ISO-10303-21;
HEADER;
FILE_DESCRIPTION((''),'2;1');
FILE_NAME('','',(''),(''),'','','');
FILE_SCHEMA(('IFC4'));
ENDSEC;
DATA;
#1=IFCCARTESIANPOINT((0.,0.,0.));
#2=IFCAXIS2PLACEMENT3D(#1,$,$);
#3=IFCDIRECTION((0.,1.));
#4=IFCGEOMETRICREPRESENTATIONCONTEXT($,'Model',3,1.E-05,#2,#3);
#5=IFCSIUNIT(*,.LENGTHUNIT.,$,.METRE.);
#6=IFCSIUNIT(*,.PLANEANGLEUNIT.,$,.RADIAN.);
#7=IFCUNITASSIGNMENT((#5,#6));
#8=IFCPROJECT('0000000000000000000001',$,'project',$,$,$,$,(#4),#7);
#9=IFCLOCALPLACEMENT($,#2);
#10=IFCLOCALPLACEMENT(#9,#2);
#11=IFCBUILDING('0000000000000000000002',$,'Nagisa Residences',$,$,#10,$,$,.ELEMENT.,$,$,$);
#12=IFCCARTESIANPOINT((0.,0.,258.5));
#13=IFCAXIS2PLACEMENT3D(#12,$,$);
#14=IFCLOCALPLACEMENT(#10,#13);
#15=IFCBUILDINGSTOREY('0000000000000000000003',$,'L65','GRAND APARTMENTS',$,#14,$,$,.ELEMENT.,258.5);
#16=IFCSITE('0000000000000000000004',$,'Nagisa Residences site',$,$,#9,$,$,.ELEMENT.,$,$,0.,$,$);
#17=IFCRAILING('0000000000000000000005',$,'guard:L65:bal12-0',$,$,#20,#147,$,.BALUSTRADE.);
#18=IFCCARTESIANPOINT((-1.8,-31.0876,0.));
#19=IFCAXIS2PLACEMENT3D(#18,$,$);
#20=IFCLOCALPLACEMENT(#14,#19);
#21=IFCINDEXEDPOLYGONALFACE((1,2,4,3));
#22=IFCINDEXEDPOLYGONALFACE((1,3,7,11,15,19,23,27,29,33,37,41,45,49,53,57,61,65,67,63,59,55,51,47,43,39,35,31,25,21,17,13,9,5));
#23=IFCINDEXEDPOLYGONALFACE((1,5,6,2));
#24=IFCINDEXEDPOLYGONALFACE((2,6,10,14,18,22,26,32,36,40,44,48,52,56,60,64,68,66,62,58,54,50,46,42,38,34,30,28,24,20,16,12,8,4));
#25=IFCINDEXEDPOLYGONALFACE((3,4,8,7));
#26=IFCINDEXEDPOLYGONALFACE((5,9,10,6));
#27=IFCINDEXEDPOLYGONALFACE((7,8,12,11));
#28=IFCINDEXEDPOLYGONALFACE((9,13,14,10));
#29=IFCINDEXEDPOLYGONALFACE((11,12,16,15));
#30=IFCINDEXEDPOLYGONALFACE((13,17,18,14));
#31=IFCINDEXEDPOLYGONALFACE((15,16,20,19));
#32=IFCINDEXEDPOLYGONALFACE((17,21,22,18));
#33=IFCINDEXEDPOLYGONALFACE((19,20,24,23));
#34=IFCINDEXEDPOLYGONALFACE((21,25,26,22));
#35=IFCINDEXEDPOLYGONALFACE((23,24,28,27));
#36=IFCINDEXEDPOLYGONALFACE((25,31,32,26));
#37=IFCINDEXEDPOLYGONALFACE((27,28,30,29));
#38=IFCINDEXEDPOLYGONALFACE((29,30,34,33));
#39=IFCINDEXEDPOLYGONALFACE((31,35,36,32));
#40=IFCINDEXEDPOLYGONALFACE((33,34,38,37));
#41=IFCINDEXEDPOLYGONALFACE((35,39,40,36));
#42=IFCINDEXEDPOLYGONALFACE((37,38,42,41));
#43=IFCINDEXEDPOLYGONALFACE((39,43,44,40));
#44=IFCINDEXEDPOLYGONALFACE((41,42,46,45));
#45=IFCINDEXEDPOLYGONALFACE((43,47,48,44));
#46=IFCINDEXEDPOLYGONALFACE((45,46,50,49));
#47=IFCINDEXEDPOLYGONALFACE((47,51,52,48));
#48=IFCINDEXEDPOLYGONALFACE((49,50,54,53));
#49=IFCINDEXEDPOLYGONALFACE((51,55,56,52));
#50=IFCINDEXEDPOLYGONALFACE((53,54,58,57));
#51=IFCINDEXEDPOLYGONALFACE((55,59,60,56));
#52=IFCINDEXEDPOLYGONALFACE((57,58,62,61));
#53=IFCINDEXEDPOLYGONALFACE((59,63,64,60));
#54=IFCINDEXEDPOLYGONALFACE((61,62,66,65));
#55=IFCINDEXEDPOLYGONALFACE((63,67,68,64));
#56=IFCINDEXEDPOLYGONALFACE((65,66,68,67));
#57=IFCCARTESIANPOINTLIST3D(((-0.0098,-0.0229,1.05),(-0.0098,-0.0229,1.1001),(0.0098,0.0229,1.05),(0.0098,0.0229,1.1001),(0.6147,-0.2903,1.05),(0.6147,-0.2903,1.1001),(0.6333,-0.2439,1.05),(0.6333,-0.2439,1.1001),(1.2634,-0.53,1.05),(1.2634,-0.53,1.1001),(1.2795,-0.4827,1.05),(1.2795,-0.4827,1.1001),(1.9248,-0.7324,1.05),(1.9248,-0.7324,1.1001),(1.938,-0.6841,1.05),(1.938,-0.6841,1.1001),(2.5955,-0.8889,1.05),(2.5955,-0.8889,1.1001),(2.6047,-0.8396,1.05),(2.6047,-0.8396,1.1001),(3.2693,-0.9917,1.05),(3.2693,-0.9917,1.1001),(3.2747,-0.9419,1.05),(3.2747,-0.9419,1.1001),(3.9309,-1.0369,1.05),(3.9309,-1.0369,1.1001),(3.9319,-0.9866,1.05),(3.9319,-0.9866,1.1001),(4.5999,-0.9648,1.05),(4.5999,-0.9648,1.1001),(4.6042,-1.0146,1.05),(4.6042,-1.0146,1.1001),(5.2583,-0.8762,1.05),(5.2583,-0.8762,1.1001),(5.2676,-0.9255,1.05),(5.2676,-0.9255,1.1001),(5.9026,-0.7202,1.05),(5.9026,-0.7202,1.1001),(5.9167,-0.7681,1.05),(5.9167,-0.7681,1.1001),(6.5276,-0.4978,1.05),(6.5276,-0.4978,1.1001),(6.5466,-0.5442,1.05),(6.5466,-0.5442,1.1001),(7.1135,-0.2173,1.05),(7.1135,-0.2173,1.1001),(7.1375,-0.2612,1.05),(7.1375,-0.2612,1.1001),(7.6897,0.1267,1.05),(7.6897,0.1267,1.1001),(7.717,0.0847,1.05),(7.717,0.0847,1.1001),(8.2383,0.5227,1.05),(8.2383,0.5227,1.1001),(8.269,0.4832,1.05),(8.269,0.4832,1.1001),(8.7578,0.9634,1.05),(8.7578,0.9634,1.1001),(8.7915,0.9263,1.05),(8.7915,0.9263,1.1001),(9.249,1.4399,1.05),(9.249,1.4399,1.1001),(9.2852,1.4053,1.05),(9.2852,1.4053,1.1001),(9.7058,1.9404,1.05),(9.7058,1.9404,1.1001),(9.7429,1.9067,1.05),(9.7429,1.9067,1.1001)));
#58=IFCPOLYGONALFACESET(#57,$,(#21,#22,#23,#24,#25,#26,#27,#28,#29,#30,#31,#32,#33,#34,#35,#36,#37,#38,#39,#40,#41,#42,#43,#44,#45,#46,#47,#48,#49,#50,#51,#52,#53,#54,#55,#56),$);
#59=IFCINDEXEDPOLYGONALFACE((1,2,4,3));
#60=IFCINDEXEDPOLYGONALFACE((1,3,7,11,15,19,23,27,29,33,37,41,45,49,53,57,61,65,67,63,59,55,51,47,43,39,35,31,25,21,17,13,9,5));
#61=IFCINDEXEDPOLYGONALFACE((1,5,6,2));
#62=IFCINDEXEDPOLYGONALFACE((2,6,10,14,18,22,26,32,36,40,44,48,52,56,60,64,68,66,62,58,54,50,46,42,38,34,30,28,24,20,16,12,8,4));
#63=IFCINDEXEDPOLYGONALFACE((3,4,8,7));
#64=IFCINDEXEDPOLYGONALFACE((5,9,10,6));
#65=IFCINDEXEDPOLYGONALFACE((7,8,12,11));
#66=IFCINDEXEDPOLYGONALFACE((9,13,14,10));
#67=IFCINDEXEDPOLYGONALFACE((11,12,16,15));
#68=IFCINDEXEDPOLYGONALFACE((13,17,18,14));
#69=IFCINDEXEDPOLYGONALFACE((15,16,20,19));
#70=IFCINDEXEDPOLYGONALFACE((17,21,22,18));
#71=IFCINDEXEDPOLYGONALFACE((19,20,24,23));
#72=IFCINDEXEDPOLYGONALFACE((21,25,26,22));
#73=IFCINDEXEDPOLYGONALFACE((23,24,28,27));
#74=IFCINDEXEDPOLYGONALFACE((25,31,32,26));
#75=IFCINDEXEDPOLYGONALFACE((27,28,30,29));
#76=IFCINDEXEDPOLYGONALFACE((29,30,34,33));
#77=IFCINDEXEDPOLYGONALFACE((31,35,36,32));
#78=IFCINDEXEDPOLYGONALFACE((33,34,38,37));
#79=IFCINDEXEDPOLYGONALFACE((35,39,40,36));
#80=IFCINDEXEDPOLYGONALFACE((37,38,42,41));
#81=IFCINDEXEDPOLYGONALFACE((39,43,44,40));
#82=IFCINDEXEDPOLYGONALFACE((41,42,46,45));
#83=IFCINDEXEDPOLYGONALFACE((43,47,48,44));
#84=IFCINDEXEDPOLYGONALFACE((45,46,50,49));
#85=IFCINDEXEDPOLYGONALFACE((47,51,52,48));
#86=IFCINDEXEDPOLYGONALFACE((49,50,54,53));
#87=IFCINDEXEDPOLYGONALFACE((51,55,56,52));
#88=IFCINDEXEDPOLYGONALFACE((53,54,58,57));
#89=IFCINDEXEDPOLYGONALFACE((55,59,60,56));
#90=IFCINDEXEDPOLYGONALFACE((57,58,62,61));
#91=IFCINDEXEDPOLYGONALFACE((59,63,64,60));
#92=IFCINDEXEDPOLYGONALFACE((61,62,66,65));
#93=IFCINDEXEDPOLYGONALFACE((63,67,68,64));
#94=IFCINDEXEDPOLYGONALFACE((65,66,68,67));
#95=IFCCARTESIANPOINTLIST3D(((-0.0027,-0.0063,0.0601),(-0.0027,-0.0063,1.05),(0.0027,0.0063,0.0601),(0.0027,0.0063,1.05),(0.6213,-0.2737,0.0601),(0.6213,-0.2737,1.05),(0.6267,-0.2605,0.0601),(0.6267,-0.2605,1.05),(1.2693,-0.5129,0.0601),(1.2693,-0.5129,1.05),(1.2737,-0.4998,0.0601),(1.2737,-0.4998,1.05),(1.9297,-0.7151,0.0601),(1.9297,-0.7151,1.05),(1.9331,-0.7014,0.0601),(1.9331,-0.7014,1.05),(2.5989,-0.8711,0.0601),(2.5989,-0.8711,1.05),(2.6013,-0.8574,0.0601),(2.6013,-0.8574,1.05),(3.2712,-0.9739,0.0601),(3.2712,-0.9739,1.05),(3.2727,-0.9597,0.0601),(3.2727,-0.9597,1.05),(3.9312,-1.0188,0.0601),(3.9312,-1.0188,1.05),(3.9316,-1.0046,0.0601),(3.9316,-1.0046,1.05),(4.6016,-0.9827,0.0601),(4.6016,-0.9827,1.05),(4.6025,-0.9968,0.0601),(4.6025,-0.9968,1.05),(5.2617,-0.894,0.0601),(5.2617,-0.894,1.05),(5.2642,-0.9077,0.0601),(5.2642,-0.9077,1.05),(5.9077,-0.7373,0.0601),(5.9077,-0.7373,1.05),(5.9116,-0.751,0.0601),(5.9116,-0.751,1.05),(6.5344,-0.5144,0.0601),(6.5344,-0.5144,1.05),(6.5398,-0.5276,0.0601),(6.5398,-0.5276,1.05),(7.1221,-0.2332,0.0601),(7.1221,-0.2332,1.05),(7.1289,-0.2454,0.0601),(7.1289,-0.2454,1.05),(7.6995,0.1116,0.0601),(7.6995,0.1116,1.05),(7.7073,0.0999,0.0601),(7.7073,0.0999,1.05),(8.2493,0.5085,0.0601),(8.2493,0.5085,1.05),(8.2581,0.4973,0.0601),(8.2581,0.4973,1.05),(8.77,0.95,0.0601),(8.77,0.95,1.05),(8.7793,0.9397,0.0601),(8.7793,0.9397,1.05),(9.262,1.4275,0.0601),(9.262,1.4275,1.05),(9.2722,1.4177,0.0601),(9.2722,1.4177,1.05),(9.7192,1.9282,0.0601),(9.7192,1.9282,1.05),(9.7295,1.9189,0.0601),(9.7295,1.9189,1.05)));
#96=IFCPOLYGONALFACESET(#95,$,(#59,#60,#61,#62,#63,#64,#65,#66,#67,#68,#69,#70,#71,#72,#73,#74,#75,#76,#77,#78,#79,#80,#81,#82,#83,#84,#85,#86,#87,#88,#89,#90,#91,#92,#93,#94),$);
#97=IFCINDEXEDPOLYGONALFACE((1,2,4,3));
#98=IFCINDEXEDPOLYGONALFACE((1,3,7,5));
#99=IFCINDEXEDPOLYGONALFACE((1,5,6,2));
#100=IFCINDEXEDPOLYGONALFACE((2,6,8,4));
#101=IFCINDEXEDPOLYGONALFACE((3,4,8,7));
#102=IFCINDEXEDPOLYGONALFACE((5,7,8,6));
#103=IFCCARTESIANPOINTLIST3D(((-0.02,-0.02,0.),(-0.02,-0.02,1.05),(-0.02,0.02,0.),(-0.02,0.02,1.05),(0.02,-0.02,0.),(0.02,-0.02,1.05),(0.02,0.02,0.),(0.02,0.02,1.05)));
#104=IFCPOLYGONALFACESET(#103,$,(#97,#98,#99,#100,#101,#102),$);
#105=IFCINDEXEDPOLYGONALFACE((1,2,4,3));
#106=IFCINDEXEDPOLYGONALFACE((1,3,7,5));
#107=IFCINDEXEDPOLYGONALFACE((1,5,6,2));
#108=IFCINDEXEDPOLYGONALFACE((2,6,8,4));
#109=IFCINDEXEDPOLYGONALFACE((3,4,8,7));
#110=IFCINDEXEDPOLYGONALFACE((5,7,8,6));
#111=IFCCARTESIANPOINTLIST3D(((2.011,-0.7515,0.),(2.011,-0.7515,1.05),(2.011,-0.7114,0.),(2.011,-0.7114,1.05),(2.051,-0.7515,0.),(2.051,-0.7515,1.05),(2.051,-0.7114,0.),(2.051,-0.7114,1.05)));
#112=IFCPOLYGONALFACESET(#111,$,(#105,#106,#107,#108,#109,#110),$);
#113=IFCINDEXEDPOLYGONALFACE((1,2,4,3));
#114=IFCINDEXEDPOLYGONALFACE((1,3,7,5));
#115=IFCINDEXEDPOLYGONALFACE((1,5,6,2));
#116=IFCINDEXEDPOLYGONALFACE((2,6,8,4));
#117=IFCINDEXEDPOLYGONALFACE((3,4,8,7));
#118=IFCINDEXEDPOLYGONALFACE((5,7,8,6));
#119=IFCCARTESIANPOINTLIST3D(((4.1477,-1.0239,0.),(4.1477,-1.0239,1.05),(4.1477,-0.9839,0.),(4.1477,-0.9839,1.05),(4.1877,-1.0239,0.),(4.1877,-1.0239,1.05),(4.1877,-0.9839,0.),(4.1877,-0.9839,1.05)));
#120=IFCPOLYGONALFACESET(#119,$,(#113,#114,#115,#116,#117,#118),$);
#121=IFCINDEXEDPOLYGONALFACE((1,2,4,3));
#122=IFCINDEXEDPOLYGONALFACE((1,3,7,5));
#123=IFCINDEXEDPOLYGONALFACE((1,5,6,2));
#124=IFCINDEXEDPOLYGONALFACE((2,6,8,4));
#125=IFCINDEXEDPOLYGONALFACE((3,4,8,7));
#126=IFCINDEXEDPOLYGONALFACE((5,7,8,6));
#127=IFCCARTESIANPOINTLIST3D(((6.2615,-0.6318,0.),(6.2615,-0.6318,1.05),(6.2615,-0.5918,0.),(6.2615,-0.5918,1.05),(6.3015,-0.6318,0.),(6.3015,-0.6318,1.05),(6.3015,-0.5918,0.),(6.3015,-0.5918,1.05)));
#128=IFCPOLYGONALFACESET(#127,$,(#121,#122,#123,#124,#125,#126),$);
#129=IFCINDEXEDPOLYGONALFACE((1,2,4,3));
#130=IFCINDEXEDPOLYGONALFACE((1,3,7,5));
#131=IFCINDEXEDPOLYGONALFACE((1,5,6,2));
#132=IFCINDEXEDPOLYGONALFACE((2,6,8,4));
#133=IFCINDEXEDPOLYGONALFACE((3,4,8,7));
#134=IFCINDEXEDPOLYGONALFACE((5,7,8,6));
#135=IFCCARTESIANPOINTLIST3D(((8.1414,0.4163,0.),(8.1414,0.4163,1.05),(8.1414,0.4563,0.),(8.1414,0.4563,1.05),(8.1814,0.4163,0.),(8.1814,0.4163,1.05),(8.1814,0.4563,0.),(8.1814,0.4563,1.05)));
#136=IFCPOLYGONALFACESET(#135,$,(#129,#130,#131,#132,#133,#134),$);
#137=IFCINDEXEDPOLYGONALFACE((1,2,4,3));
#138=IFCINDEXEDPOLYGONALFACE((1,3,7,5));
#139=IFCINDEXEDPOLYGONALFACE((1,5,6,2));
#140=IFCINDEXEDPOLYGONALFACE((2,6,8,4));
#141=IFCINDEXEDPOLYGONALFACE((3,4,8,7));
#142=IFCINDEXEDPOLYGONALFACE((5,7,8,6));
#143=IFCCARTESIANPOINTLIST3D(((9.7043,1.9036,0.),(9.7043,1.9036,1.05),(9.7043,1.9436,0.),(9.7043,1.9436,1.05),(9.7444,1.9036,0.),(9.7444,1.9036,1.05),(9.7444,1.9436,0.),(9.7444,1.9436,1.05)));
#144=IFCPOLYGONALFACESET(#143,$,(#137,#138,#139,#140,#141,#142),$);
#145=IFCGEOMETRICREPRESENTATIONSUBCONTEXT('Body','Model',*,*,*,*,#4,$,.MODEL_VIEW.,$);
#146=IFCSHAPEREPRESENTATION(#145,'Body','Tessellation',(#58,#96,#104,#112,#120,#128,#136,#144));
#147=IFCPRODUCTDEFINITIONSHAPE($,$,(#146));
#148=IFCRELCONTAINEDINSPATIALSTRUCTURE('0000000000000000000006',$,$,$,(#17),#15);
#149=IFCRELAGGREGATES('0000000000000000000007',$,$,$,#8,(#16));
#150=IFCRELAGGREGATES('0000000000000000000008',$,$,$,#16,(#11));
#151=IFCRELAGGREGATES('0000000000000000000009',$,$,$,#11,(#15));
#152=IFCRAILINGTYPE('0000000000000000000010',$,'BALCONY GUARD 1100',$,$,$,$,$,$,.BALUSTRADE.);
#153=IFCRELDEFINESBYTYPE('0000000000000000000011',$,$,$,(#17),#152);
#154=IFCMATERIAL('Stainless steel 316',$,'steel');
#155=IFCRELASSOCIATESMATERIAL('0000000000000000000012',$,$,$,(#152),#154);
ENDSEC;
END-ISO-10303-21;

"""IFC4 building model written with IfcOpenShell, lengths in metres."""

from ifc_helpers import new_model, si_unit, direction, frame, origin, origin_2d, place, context, subcontext, project, spatial, polyline, rectangle, outline, extrude, material, type_object, element, save


model = new_model("IFC4")

# Units and contexts
model_context = context("Model", 3, precision=1e-05, world=origin(), true_north=direction((0.0, 1.0)))
body_context = subcontext(model_context, "Body", "Model", "MODEL_VIEW")
ifc_project = project(units=[si_unit("LENGTHUNIT", "METRE"), si_unit("PLANEANGLEUNIT", "RADIAN")], contexts=[model_context])

# Site, building, storey
site_placement = place(None, origin())
site = spatial("IfcSite", under=ifc_project, at=site_placement, Name="Nagisa Residences site", CompositionType="ELEMENT", RefElevation=0.0)
building_placement = place(site_placement, origin())
building = spatial("IfcBuilding", under=site, at=building_placement, Name="Nagisa Residences", CompositionType="ELEMENT")
storey_placement = place(building_placement, frame((0.0, 0.0, 258.5)))
storey = spatial("IfcBuildingStorey", under=building, at=storey_placement, Name="L65", Description="GRAND APARTMENTS", CompositionType="ELEMENT", Elevation=258.5)

# Railing
ifc_material_1 = material(Name="Stainless steel 316", Category="steel")
railing_type = type_object("IfcRailingType", Name="BALCONY GUARD 1100", PredefinedType="BALUSTRADE", material=ifc_material_1)
railing_1_placement = place(storey_placement, frame((-1.8, -31.0876, 0.0)))
element("IfcRailing", 1, at=railing_1_placement, inside=storey, type_object=railing_type, Name="guard:L65:bal12-0", PredefinedType="BALUSTRADE", context=body_context, shape_type="SweptSolid", body=[
    extrude(outline(polyline([(0.6333, -0.2439), (0.0098, 0.0229), (-0.0098, -0.0229), (0.6147, -0.2903), (1.2634, -0.53), (1.9248, -0.7324), (2.5955, -0.8889), (3.2693, -0.9917), (3.9309, -1.0369), (4.6042, -1.0146), (5.2676, -0.9255), (5.9167, -0.7681), (6.5466, -0.5442), (7.1375, -0.2612), (7.717, 0.0847), (8.269, 0.4832), (8.7915, 0.9263), (9.2852, 1.4053), (9.7429, 1.9067), (9.7058, 1.9404), (9.249, 1.4399), (8.7578, 0.9634), (8.2383, 0.5227), (7.6897, 0.1267), (7.1135, -0.2173), (6.5276, -0.4978), (5.9026, -0.7202), (5.2583, -0.8762), (4.5999, -0.9648), (3.9319, -0.9866), (3.2747, -0.9419), (2.6047, -0.8396), (1.938, -0.6841), (1.2795, -0.4827), (0.6333, -0.2439)])), frame((0.0, 0.0, 1.05)), (0.0, 0.0, 1.0), 0.05),
    extrude(outline(polyline([(0.6267, -0.2605), (0.0027, 0.0063), (-0.0027, -0.0063), (0.6213, -0.2737), (1.2693, -0.5129), (1.9297, -0.7151), (2.5989, -0.8711), (3.2712, -0.9739), (3.9312, -1.0188), (4.6025, -0.9968), (5.2642, -0.9077), (5.9116, -0.751), (6.5398, -0.5276), (7.1289, -0.2454), (7.7073, 0.0999), (8.2581, 0.4973), (8.7793, 0.9397), (9.2722, 1.4177), (9.7295, 1.9189), (9.7192, 1.9282), (9.262, 1.4275), (8.77, 0.95), (8.2493, 0.5085), (7.6995, 0.1116), (7.1221, -0.2332), (6.5344, -0.5144), (5.9077, -0.7373), (5.2617, -0.894), (4.6016, -0.9827), (3.9316, -1.0046), (3.2727, -0.9597), (2.6013, -0.8574), (1.9331, -0.7014), (1.2737, -0.4998), (0.6267, -0.2605)])), frame((0.0, 0.0, 0.0601)), (0.0, 0.0, 1.0), 0.99),
    extrude(rectangle(XDim=0.04, YDim=0.04, at=origin_2d()), origin(), (0.0, 0.0, 1.0), 1.05),
    extrude(rectangle(XDim=0.04, YDim=0.04, at=origin_2d()), frame((2.031, -0.7314, 0.0)), (0.0, 0.0, 1.0), 1.05),
    extrude(rectangle(XDim=0.04, YDim=0.04, at=origin_2d()), frame((4.1677, -1.0039, 0.0)), (0.0, 0.0, 1.0), 1.05),
    extrude(rectangle(XDim=0.04, YDim=0.04, at=origin_2d()), frame((6.2815, -0.6118, 0.0)), (0.0, 0.0, 1.0), 1.05),
    extrude(rectangle(XDim=0.04, YDim=0.04, at=origin_2d()), frame((8.1614, 0.4363, 0.0)), (0.0, 0.0, 1.0), 1.05),
    extrude(rectangle(XDim=0.04, YDim=0.04, at=origin_2d()), frame((9.7244, 1.9236, 0.0)), (0.0, 0.0, 1.0), 1.05),
])

save(model, "model.ifc")
